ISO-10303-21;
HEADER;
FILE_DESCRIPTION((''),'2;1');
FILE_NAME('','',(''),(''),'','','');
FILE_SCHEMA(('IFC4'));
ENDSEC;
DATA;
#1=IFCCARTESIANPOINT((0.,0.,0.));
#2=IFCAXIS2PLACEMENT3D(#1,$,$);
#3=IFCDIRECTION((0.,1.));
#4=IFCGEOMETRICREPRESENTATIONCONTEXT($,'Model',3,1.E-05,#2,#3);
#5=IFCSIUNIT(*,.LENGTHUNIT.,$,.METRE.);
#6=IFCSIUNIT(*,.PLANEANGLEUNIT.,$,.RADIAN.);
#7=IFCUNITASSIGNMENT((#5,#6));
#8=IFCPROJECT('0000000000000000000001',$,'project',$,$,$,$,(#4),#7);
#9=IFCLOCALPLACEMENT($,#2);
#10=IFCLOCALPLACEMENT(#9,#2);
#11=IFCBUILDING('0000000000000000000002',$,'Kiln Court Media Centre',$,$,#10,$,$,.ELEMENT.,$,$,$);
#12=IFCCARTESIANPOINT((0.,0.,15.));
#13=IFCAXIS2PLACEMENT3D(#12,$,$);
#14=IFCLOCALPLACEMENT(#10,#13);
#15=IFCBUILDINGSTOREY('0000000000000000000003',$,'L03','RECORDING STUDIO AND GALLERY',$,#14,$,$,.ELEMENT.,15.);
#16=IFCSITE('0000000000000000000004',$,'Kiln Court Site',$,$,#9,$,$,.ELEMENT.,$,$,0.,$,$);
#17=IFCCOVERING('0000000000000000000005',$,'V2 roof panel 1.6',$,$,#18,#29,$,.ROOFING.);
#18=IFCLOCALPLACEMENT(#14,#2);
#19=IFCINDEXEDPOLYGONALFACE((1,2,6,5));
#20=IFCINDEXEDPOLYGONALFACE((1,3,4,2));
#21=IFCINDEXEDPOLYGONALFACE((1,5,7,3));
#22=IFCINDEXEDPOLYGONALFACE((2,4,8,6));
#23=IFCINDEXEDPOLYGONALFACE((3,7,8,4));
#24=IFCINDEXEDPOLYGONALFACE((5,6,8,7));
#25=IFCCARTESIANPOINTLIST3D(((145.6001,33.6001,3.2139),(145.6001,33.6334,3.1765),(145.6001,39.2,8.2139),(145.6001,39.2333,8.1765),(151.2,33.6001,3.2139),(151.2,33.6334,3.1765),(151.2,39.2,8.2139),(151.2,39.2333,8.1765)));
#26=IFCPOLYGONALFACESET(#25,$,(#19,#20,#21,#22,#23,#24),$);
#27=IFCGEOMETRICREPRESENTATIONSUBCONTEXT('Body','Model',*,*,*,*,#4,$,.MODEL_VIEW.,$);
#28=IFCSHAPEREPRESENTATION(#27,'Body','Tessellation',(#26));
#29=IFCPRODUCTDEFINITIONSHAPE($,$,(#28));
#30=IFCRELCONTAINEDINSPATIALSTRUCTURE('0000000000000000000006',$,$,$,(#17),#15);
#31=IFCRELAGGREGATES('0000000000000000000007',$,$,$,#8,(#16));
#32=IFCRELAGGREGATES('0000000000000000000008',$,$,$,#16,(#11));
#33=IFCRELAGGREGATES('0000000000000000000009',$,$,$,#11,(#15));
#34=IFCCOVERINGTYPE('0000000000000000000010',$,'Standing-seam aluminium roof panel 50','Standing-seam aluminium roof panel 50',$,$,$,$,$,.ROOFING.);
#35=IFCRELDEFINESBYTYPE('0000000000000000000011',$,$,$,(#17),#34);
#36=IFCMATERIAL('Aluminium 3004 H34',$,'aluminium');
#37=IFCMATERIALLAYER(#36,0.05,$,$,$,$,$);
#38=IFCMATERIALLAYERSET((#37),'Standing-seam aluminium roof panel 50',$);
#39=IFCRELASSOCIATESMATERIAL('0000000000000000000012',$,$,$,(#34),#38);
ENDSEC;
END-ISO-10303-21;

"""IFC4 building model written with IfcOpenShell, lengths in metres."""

from ifc_helpers import new_model, si_unit, direction, frame, origin, place, context, subcontext, project, spatial, polyline, outline, extrude, material, layer, layer_set, type_object, element, save


model = new_model("IFC4")

# Units and contexts
model_context = context("Model", 3, precision=1e-05, world=origin(), true_north=direction((0.0, 1.0)))
body_context = subcontext(model_context, "Body", "Model", "MODEL_VIEW")
ifc_project = project(units=[si_unit("LENGTHUNIT", "METRE"), si_unit("PLANEANGLEUNIT", "RADIAN")], contexts=[model_context])

# Site, building, storey
site_placement = place(None, origin())
site = spatial("IfcSite", under=ifc_project, at=site_placement, Name="Kiln Court Site", CompositionType="ELEMENT", RefElevation=0.0)
building_placement = place(site_placement, origin())
building = spatial("IfcBuilding", under=site, at=building_placement, Name="Kiln Court Media Centre", CompositionType="ELEMENT")
storey_placement = place(building_placement, frame((0.0, 0.0, 15.0)))
storey = spatial("IfcBuildingStorey", under=building, at=storey_placement, Name="L03", Description="RECORDING STUDIO AND GALLERY", CompositionType="ELEMENT", Elevation=15.0)

# Covering
ifc_material_1 = material(Name="Aluminium 3004 H34", Category="aluminium")
ifc_layer_1 = layer(ifc_material_1, 0.05)
ifc_layer_set_1 = layer_set([ifc_layer_1], Name="Standing-seam aluminium roof panel 50")
covering_type = type_object("IfcCoveringType", Name="Standing-seam aluminium roof panel 50", Description="Standing-seam aluminium roof panel 50", PredefinedType="ROOFING", material=ifc_layer_set_1)
covering_1_placement = place(storey_placement, frame((145.6001, 33.6001, 3.2139), z_axis=(0.0, -0.666025, 0.745929), x_axis=(0.0, 0.745929, 0.666025)))
element("IfcCovering", 1, at=covering_1_placement, inside=storey, type_object=covering_type, Name="V2 roof panel 1.6", PredefinedType="ROOFING", context=body_context, shape_type="SweptSolid", body=[
    extrude(outline(polyline([(0.0, 0.0), (7.5072, 0.0), (7.5072, -5.5999), (0.0, -5.5999), (0.0, 0.0)])), origin(), (0.0, 0.0, -1.0), 0.05),
])

save(model, "model.ifc")
